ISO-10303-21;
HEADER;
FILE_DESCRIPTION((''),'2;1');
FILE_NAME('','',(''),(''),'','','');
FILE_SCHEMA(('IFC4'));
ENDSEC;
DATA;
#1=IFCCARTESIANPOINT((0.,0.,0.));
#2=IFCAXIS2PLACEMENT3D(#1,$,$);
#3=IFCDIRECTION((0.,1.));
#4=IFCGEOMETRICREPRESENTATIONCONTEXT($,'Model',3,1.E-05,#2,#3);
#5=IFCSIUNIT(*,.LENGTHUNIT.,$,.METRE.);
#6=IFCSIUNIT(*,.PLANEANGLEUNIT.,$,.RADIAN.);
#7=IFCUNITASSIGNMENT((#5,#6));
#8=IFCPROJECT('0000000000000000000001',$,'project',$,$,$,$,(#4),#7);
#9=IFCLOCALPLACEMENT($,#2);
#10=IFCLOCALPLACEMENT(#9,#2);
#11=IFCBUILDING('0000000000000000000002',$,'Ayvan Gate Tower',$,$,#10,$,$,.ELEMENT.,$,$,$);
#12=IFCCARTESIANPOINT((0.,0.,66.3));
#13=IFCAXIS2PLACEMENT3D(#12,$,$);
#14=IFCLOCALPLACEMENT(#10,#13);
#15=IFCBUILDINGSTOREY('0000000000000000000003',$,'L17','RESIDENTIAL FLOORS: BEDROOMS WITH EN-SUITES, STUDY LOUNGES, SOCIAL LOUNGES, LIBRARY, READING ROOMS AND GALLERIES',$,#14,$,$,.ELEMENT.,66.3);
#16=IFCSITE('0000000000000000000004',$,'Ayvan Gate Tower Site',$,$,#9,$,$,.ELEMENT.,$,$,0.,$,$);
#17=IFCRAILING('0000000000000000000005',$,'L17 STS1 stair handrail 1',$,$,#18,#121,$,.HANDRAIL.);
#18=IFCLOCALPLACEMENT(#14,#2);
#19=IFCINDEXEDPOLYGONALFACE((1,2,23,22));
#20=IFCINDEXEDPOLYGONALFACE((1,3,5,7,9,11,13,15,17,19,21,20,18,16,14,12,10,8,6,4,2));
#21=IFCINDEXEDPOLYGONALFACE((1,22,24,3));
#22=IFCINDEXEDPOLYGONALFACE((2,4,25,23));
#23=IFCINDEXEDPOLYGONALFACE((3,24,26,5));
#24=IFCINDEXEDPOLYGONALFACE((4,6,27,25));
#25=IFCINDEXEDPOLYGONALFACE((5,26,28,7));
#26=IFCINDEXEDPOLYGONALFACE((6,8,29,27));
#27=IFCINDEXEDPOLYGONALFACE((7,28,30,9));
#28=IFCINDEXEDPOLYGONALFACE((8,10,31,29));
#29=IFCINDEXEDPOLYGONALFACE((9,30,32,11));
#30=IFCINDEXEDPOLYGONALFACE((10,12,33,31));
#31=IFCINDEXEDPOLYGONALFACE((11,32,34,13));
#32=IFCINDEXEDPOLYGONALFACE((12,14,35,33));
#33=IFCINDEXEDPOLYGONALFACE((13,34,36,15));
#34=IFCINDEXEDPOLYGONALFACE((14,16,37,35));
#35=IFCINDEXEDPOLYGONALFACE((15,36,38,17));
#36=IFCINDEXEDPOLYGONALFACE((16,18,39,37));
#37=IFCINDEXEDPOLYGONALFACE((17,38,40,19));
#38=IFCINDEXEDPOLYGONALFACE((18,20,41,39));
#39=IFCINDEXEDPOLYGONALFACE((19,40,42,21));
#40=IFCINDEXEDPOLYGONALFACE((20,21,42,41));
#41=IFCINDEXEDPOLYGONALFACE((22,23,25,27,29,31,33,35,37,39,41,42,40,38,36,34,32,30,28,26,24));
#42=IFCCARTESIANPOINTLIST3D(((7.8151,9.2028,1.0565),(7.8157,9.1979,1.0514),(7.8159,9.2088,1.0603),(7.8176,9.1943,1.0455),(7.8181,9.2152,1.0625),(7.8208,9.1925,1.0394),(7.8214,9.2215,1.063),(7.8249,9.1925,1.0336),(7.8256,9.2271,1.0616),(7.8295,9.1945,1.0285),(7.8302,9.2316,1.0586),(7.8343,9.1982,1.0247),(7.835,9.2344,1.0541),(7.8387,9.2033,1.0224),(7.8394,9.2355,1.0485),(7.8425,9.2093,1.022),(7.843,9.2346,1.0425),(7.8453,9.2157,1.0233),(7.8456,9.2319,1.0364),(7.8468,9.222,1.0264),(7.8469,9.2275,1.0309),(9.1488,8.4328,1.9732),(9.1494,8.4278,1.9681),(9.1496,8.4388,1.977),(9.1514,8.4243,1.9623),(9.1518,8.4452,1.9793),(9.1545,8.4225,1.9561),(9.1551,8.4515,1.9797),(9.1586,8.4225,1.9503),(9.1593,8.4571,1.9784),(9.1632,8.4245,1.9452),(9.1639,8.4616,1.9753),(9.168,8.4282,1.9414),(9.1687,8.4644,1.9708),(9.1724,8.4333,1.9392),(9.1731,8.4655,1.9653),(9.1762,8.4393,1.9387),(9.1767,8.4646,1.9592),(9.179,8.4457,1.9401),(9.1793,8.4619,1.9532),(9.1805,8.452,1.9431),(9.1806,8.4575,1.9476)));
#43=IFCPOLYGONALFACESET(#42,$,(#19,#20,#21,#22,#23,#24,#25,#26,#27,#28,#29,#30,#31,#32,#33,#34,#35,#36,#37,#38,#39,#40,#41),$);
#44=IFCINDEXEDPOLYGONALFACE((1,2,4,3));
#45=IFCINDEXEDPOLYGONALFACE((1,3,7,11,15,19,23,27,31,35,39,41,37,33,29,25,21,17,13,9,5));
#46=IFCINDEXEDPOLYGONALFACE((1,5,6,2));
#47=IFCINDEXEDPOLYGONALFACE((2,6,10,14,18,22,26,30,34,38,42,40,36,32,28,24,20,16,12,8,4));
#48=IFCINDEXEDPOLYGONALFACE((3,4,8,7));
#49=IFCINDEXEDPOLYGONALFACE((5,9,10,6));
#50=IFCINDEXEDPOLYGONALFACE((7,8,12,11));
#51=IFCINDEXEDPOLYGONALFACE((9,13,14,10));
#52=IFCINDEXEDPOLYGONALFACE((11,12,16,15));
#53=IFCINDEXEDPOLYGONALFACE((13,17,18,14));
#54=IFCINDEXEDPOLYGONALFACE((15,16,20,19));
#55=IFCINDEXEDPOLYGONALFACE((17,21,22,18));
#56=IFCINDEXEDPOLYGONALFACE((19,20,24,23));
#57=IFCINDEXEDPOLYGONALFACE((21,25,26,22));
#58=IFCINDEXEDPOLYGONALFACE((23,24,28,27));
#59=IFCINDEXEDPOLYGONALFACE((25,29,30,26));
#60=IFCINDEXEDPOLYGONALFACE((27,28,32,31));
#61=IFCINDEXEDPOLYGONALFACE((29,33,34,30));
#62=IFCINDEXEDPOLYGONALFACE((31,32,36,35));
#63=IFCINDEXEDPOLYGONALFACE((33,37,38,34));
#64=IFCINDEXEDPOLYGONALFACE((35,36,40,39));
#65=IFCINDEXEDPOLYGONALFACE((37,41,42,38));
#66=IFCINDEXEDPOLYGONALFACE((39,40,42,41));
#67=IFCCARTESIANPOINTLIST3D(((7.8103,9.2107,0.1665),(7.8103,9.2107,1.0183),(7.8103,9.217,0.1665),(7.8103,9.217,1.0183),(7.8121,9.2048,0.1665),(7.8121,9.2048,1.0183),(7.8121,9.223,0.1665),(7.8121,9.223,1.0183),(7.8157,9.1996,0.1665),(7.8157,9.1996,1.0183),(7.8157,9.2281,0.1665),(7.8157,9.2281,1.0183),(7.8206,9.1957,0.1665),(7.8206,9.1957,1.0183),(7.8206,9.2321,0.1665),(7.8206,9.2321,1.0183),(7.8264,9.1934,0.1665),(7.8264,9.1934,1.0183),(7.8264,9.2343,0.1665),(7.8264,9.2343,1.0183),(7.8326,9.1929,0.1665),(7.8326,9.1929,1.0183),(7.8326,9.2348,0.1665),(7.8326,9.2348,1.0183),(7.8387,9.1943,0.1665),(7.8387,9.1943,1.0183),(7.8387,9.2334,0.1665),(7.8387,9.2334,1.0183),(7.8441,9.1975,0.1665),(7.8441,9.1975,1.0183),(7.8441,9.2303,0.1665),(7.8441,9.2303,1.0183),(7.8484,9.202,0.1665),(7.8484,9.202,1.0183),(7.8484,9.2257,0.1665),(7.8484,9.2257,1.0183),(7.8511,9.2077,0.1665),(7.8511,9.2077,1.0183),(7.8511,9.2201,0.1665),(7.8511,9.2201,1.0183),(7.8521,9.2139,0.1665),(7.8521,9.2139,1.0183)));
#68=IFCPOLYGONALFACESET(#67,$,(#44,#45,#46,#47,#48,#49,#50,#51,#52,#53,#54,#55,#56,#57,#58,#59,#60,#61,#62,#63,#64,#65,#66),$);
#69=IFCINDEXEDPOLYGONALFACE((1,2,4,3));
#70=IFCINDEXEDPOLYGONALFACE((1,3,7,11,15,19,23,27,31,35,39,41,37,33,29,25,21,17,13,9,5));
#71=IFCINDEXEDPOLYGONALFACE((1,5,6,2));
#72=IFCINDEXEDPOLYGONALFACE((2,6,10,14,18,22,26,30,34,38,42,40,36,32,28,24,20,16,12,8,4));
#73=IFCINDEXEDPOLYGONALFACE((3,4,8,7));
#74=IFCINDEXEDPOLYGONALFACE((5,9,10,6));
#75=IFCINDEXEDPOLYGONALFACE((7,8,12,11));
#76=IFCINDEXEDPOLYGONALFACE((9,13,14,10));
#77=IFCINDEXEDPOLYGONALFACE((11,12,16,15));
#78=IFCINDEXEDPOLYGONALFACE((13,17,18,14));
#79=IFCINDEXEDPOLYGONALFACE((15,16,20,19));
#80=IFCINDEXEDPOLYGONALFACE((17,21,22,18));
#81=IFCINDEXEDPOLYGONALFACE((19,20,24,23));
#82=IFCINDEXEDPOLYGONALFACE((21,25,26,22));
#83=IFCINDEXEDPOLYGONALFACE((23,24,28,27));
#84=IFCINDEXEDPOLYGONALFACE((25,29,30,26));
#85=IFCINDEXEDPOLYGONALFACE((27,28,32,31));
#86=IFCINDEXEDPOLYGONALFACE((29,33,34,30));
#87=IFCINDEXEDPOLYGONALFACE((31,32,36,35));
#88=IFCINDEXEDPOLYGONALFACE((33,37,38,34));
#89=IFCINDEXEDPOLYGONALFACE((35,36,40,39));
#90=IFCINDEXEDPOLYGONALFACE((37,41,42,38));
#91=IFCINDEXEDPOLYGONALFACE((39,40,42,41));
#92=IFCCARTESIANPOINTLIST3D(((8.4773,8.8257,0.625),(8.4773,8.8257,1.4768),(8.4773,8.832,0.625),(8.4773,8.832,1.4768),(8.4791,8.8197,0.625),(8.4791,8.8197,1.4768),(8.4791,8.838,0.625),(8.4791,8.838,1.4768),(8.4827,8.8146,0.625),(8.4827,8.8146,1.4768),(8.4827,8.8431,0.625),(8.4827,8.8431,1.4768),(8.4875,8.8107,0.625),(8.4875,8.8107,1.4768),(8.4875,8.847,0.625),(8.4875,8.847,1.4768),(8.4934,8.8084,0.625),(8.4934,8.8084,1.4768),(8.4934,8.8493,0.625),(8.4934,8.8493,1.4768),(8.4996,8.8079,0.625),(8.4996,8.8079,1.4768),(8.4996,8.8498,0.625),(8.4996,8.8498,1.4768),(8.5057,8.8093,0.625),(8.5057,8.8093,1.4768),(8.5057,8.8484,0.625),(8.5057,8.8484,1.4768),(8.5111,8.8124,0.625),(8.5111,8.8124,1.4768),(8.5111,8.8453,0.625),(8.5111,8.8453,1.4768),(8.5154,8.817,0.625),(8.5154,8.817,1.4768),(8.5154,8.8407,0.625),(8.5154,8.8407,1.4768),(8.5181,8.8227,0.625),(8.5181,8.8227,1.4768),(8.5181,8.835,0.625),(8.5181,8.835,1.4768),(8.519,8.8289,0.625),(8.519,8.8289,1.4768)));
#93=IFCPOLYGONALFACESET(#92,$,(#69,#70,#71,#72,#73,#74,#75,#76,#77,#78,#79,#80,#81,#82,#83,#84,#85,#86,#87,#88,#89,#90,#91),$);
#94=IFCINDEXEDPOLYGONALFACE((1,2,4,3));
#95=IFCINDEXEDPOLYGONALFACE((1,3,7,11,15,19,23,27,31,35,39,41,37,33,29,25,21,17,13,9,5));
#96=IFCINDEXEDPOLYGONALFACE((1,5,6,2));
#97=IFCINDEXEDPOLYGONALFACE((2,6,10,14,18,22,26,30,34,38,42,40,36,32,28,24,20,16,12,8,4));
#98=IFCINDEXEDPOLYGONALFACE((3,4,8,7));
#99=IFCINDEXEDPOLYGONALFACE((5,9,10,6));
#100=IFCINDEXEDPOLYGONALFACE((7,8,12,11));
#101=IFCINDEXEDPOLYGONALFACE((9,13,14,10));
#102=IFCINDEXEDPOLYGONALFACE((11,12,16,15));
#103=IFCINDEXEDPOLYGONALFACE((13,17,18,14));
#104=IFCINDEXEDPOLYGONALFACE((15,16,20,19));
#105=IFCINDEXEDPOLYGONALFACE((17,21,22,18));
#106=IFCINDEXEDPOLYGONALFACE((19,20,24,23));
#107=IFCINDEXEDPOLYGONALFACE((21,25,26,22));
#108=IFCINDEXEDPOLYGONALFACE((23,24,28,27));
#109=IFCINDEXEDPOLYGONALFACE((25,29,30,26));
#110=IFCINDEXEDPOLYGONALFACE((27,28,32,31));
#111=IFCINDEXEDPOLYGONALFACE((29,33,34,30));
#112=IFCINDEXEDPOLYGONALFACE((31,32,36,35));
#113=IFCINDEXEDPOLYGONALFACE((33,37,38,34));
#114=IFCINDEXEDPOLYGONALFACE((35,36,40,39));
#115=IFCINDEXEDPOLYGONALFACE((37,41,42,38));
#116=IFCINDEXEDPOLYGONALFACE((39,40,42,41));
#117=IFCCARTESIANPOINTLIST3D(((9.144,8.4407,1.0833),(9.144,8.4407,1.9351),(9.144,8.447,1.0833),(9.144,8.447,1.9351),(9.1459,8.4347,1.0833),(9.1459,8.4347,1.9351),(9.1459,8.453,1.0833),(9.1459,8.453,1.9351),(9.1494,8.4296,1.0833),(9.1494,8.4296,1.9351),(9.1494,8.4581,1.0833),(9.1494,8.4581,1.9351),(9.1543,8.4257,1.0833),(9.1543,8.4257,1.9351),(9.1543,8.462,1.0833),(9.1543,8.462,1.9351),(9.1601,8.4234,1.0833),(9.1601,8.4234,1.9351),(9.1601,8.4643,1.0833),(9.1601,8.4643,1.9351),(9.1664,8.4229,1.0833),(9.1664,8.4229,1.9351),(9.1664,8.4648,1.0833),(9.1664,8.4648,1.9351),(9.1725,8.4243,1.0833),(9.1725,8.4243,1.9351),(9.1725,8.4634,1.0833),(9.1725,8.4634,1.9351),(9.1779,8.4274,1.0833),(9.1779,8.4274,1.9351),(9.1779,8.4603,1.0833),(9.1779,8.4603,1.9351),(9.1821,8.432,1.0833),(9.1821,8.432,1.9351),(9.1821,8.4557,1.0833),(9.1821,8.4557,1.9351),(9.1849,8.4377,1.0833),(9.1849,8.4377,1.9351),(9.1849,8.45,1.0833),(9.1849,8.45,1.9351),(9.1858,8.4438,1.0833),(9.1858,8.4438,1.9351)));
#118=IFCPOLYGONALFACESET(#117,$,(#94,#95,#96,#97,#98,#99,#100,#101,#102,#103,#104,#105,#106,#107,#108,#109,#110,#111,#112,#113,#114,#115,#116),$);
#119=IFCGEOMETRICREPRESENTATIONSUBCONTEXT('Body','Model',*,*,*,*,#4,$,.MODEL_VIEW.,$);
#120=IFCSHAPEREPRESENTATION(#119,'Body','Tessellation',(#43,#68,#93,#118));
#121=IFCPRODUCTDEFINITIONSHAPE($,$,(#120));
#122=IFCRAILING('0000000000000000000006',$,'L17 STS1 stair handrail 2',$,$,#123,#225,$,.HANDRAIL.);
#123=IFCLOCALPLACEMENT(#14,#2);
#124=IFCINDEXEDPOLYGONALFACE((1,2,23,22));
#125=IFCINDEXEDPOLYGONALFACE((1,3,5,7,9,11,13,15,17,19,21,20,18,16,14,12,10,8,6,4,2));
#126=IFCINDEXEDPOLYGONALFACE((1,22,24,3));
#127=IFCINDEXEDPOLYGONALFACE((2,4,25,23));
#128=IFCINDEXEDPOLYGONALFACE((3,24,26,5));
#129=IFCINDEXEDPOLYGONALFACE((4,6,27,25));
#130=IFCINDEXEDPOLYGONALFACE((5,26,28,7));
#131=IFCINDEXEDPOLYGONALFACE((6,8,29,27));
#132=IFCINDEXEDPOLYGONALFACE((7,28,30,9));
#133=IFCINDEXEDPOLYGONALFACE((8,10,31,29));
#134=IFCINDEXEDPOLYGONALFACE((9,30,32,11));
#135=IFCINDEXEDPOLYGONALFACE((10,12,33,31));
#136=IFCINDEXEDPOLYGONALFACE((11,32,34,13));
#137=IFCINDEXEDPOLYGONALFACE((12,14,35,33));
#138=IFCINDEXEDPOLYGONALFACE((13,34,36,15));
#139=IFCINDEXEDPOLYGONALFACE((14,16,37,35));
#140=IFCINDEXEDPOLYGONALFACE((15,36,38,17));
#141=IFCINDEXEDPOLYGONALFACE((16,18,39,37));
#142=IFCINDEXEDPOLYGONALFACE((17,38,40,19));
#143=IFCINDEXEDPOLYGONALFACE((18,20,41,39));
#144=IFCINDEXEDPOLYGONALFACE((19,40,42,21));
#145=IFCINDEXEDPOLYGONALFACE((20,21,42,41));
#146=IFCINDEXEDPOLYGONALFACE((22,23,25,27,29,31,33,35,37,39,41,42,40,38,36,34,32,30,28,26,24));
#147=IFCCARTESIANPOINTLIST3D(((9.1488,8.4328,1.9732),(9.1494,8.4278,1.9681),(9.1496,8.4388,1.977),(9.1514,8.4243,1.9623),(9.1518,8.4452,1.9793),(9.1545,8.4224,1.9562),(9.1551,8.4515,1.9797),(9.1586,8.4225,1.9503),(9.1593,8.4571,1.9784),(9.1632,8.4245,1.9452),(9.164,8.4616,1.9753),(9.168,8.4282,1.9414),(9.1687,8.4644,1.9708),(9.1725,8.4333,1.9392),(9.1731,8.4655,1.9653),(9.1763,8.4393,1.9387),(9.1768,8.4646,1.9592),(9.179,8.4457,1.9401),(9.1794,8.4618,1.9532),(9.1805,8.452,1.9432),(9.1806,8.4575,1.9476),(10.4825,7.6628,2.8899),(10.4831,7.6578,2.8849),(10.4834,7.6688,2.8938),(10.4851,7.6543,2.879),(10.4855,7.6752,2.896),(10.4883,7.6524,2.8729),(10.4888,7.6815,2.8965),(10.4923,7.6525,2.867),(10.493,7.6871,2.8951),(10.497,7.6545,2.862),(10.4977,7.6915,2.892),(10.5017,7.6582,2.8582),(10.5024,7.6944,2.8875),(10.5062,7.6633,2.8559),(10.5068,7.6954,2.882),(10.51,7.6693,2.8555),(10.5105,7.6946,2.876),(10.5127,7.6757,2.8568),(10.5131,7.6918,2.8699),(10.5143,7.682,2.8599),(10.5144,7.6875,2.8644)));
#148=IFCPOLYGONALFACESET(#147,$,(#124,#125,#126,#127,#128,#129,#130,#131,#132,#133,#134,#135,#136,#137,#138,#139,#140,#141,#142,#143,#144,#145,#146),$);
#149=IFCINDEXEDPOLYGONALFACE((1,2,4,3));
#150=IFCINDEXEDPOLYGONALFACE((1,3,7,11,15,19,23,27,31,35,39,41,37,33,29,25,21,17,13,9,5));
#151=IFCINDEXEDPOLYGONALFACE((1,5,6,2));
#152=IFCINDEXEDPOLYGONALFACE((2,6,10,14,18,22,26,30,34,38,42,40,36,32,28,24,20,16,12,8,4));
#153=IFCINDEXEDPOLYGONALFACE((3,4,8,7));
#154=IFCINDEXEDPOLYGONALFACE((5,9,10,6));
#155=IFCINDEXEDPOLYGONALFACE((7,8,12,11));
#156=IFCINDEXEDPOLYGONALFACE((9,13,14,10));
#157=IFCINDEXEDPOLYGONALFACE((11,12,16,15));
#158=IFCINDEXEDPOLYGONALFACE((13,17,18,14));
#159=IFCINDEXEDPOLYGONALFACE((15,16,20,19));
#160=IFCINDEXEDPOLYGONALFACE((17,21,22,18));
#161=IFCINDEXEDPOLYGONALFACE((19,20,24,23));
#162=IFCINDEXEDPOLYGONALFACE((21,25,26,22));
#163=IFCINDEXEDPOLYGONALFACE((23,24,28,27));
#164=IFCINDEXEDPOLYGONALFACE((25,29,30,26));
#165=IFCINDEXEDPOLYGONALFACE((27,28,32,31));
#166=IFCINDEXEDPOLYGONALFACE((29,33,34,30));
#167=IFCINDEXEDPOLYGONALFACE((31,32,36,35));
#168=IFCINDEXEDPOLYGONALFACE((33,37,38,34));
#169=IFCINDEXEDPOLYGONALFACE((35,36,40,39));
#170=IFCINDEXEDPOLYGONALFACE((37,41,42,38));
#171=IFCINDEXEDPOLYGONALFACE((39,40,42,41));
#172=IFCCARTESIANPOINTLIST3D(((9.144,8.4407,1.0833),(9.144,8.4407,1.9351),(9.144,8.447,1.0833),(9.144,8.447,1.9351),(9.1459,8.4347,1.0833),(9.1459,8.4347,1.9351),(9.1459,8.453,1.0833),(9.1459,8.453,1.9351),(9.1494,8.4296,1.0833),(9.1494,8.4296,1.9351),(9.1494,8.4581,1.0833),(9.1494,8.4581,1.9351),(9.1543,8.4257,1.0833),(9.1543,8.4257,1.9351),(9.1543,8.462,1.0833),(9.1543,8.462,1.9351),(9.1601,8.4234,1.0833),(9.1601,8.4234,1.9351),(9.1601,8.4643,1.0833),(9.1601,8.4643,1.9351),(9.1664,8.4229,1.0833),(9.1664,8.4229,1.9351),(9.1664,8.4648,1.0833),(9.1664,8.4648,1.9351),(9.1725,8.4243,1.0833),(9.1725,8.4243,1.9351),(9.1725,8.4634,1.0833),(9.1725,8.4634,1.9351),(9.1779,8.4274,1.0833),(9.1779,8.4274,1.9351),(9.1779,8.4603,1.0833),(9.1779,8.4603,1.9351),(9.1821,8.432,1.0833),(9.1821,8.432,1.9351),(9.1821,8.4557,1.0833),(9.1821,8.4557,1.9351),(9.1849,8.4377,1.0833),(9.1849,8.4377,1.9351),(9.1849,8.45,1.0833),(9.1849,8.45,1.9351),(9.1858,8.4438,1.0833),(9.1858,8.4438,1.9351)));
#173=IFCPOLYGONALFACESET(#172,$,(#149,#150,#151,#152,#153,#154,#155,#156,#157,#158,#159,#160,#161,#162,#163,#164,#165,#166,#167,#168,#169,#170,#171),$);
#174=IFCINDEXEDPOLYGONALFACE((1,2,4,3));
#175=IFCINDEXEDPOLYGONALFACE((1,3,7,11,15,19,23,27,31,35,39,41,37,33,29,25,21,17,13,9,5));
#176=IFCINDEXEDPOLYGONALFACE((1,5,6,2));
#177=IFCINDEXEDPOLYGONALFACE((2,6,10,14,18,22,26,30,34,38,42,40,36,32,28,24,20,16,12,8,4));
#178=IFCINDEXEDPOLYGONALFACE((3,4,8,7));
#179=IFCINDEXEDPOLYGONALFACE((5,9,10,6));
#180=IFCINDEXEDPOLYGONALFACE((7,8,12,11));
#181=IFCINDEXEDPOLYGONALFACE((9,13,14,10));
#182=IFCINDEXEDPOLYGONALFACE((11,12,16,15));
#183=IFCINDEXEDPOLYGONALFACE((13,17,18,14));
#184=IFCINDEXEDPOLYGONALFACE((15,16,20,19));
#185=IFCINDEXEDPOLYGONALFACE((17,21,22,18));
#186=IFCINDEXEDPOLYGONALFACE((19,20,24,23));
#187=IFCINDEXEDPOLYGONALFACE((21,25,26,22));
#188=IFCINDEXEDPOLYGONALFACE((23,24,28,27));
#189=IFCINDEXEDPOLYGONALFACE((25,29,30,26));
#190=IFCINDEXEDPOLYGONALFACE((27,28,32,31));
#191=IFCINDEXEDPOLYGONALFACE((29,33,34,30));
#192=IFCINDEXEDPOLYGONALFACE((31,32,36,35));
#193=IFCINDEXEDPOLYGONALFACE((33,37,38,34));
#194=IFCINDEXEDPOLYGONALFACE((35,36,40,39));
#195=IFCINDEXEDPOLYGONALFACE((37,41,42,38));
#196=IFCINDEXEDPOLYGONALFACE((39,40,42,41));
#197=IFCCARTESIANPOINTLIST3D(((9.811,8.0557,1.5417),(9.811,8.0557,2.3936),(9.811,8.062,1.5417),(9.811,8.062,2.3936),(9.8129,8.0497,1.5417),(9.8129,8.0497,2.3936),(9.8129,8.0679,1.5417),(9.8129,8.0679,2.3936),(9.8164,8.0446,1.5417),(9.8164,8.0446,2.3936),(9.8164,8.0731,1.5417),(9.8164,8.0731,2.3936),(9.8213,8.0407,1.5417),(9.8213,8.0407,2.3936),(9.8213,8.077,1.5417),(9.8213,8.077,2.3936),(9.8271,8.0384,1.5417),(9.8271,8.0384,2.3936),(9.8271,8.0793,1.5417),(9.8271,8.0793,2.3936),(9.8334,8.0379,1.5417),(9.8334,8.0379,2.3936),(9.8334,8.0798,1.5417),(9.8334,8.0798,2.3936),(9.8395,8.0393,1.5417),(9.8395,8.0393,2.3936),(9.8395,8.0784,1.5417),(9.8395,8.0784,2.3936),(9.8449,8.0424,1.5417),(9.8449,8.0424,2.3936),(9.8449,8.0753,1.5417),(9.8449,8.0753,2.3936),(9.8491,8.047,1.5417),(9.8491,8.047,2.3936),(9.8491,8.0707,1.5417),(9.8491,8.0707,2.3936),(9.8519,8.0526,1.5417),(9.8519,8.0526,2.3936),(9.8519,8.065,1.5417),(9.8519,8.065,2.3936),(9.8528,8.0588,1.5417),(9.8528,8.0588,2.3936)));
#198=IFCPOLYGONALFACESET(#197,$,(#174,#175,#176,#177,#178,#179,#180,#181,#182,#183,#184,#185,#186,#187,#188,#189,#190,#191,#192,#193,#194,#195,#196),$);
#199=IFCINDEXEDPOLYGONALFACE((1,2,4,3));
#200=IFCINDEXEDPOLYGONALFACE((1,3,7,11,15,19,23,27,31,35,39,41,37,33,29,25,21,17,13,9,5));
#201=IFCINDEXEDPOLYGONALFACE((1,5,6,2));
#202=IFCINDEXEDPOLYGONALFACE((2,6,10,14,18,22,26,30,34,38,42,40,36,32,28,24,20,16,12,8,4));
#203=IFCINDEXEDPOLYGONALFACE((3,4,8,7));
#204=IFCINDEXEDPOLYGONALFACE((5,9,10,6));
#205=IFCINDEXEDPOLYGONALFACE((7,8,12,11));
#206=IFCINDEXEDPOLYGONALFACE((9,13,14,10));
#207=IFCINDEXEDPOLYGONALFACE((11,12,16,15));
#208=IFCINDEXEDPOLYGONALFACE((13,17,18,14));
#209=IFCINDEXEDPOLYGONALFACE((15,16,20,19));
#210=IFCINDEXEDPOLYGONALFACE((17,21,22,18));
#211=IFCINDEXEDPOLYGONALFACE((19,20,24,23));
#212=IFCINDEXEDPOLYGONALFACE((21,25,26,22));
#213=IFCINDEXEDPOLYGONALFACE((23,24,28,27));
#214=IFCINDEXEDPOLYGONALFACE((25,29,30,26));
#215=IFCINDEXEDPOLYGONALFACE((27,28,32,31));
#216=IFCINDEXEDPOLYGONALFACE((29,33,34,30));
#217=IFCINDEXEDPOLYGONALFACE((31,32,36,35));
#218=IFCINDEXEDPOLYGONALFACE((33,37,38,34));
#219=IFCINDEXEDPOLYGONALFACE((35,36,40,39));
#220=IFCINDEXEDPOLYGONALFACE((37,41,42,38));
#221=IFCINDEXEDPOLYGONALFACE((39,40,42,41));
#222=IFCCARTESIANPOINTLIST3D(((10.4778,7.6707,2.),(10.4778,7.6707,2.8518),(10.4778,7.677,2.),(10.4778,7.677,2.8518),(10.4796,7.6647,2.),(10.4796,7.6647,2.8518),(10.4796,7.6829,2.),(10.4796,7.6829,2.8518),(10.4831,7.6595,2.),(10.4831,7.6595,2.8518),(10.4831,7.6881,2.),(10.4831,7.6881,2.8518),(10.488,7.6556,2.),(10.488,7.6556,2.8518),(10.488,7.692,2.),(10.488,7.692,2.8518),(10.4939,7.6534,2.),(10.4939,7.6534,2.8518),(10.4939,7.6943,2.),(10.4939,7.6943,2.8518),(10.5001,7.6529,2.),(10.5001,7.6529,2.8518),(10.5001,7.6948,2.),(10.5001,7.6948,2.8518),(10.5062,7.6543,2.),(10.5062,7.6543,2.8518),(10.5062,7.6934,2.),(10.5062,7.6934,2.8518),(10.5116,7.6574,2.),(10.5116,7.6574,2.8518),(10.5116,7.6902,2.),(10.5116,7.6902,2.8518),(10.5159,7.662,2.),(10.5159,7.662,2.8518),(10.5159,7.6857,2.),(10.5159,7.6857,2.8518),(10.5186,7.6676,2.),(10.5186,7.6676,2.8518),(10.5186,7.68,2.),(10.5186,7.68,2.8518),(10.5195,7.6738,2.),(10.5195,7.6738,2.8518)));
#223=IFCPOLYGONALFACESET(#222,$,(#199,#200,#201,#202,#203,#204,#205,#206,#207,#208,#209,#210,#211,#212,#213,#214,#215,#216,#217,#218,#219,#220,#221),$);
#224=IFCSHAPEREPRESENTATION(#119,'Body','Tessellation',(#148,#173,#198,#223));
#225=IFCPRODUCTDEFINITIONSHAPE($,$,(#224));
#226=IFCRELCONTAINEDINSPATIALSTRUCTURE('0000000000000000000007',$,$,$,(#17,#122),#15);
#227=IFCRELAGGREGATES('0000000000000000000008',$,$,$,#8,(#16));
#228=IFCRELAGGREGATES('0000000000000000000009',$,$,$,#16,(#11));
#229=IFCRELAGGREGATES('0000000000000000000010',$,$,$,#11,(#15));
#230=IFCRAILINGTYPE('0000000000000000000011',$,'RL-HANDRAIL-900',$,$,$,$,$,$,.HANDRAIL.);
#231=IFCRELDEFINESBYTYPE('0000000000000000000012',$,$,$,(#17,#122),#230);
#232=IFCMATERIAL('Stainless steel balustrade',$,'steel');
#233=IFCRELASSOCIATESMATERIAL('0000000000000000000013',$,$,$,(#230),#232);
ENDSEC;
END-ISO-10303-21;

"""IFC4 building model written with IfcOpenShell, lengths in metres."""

from ifc_helpers import new_model, si_unit, direction, frame, origin, origin_2d, place, context, subcontext, project, spatial, circle, extrude, material, type_object, element, save


model = new_model("IFC4")

# Units and contexts
model_context = context("Model", 3, precision=1e-05, world=origin(), true_north=direction((0.0, 1.0)))
body_context = subcontext(model_context, "Body", "Model", "MODEL_VIEW")
ifc_project = project(units=[si_unit("LENGTHUNIT", "METRE"), si_unit("PLANEANGLEUNIT", "RADIAN")], contexts=[model_context])

# Site, building, storey
site_placement = place(None, origin())
site = spatial("IfcSite", under=ifc_project, at=site_placement, Name="Ayvan Gate Tower Site", CompositionType="ELEMENT", RefElevation=0.0)
building_placement = place(site_placement, origin())
building = spatial("IfcBuilding", under=site, at=building_placement, Name="Ayvan Gate Tower", CompositionType="ELEMENT")
storey_placement = place(building_placement, frame((0.0, 0.0, 66.3)))
storey = spatial("IfcBuildingStorey", under=building, at=storey_placement, Name="L17", Description="RESIDENTIAL FLOORS: BEDROOMS WITH EN-SUITES, STUDY LOUNGES, SOCIAL LOUNGES, LIBRARY, READING ROOMS AND GALLERIES", CompositionType="ELEMENT", Elevation=66.3)

# Railings
ifc_material_1 = material(Name="Stainless steel balustrade", Category="steel")
railing_type_1 = type_object("IfcRailingType", Name="RL-HANDRAIL-900", PredefinedType="HANDRAIL", material=ifc_material_1)
for number, where, name in (
    (1, (7.8311, 9.2139, 0.1665), "L17 STS1 stair handrail 1"),
    (2, (9.1648, 8.4438, 1.0833), "L17 STS1 stair handrail 2"),
):
    element("IfcRailing", number, at=place(storey_placement, frame(where)), inside=storey, type_object=railing_type_1, Name=name, PredefinedType="HANDRAIL", context=body_context, shape_type="SweptSolid", body=[
        extrude(circle(Radius=0.0239, at=origin_2d()), frame((0.0, 0.0, 0.876), z_axis=(0.744164, -0.429634, 0.511502), x_axis=(0.499992, 0.86603, 0.0)), (0.0, 0.0, 1.0), 1.7922),
        extrude(circle(Radius=0.021, at=origin_2d()), origin(), (0.0, 0.0, 1.0), 0.8518),
        extrude(circle(Radius=0.021, at=origin_2d()), frame((0.667, -0.385, 0.4585)), (0.0, 0.0, 1.0), 0.8518),
        extrude(circle(Radius=0.021, at=origin_2d()), frame((1.3337, -0.77, 0.9167)), (0.0, 0.0, 1.0), 0.8518),
    ])

save(model, "model.ifc")
